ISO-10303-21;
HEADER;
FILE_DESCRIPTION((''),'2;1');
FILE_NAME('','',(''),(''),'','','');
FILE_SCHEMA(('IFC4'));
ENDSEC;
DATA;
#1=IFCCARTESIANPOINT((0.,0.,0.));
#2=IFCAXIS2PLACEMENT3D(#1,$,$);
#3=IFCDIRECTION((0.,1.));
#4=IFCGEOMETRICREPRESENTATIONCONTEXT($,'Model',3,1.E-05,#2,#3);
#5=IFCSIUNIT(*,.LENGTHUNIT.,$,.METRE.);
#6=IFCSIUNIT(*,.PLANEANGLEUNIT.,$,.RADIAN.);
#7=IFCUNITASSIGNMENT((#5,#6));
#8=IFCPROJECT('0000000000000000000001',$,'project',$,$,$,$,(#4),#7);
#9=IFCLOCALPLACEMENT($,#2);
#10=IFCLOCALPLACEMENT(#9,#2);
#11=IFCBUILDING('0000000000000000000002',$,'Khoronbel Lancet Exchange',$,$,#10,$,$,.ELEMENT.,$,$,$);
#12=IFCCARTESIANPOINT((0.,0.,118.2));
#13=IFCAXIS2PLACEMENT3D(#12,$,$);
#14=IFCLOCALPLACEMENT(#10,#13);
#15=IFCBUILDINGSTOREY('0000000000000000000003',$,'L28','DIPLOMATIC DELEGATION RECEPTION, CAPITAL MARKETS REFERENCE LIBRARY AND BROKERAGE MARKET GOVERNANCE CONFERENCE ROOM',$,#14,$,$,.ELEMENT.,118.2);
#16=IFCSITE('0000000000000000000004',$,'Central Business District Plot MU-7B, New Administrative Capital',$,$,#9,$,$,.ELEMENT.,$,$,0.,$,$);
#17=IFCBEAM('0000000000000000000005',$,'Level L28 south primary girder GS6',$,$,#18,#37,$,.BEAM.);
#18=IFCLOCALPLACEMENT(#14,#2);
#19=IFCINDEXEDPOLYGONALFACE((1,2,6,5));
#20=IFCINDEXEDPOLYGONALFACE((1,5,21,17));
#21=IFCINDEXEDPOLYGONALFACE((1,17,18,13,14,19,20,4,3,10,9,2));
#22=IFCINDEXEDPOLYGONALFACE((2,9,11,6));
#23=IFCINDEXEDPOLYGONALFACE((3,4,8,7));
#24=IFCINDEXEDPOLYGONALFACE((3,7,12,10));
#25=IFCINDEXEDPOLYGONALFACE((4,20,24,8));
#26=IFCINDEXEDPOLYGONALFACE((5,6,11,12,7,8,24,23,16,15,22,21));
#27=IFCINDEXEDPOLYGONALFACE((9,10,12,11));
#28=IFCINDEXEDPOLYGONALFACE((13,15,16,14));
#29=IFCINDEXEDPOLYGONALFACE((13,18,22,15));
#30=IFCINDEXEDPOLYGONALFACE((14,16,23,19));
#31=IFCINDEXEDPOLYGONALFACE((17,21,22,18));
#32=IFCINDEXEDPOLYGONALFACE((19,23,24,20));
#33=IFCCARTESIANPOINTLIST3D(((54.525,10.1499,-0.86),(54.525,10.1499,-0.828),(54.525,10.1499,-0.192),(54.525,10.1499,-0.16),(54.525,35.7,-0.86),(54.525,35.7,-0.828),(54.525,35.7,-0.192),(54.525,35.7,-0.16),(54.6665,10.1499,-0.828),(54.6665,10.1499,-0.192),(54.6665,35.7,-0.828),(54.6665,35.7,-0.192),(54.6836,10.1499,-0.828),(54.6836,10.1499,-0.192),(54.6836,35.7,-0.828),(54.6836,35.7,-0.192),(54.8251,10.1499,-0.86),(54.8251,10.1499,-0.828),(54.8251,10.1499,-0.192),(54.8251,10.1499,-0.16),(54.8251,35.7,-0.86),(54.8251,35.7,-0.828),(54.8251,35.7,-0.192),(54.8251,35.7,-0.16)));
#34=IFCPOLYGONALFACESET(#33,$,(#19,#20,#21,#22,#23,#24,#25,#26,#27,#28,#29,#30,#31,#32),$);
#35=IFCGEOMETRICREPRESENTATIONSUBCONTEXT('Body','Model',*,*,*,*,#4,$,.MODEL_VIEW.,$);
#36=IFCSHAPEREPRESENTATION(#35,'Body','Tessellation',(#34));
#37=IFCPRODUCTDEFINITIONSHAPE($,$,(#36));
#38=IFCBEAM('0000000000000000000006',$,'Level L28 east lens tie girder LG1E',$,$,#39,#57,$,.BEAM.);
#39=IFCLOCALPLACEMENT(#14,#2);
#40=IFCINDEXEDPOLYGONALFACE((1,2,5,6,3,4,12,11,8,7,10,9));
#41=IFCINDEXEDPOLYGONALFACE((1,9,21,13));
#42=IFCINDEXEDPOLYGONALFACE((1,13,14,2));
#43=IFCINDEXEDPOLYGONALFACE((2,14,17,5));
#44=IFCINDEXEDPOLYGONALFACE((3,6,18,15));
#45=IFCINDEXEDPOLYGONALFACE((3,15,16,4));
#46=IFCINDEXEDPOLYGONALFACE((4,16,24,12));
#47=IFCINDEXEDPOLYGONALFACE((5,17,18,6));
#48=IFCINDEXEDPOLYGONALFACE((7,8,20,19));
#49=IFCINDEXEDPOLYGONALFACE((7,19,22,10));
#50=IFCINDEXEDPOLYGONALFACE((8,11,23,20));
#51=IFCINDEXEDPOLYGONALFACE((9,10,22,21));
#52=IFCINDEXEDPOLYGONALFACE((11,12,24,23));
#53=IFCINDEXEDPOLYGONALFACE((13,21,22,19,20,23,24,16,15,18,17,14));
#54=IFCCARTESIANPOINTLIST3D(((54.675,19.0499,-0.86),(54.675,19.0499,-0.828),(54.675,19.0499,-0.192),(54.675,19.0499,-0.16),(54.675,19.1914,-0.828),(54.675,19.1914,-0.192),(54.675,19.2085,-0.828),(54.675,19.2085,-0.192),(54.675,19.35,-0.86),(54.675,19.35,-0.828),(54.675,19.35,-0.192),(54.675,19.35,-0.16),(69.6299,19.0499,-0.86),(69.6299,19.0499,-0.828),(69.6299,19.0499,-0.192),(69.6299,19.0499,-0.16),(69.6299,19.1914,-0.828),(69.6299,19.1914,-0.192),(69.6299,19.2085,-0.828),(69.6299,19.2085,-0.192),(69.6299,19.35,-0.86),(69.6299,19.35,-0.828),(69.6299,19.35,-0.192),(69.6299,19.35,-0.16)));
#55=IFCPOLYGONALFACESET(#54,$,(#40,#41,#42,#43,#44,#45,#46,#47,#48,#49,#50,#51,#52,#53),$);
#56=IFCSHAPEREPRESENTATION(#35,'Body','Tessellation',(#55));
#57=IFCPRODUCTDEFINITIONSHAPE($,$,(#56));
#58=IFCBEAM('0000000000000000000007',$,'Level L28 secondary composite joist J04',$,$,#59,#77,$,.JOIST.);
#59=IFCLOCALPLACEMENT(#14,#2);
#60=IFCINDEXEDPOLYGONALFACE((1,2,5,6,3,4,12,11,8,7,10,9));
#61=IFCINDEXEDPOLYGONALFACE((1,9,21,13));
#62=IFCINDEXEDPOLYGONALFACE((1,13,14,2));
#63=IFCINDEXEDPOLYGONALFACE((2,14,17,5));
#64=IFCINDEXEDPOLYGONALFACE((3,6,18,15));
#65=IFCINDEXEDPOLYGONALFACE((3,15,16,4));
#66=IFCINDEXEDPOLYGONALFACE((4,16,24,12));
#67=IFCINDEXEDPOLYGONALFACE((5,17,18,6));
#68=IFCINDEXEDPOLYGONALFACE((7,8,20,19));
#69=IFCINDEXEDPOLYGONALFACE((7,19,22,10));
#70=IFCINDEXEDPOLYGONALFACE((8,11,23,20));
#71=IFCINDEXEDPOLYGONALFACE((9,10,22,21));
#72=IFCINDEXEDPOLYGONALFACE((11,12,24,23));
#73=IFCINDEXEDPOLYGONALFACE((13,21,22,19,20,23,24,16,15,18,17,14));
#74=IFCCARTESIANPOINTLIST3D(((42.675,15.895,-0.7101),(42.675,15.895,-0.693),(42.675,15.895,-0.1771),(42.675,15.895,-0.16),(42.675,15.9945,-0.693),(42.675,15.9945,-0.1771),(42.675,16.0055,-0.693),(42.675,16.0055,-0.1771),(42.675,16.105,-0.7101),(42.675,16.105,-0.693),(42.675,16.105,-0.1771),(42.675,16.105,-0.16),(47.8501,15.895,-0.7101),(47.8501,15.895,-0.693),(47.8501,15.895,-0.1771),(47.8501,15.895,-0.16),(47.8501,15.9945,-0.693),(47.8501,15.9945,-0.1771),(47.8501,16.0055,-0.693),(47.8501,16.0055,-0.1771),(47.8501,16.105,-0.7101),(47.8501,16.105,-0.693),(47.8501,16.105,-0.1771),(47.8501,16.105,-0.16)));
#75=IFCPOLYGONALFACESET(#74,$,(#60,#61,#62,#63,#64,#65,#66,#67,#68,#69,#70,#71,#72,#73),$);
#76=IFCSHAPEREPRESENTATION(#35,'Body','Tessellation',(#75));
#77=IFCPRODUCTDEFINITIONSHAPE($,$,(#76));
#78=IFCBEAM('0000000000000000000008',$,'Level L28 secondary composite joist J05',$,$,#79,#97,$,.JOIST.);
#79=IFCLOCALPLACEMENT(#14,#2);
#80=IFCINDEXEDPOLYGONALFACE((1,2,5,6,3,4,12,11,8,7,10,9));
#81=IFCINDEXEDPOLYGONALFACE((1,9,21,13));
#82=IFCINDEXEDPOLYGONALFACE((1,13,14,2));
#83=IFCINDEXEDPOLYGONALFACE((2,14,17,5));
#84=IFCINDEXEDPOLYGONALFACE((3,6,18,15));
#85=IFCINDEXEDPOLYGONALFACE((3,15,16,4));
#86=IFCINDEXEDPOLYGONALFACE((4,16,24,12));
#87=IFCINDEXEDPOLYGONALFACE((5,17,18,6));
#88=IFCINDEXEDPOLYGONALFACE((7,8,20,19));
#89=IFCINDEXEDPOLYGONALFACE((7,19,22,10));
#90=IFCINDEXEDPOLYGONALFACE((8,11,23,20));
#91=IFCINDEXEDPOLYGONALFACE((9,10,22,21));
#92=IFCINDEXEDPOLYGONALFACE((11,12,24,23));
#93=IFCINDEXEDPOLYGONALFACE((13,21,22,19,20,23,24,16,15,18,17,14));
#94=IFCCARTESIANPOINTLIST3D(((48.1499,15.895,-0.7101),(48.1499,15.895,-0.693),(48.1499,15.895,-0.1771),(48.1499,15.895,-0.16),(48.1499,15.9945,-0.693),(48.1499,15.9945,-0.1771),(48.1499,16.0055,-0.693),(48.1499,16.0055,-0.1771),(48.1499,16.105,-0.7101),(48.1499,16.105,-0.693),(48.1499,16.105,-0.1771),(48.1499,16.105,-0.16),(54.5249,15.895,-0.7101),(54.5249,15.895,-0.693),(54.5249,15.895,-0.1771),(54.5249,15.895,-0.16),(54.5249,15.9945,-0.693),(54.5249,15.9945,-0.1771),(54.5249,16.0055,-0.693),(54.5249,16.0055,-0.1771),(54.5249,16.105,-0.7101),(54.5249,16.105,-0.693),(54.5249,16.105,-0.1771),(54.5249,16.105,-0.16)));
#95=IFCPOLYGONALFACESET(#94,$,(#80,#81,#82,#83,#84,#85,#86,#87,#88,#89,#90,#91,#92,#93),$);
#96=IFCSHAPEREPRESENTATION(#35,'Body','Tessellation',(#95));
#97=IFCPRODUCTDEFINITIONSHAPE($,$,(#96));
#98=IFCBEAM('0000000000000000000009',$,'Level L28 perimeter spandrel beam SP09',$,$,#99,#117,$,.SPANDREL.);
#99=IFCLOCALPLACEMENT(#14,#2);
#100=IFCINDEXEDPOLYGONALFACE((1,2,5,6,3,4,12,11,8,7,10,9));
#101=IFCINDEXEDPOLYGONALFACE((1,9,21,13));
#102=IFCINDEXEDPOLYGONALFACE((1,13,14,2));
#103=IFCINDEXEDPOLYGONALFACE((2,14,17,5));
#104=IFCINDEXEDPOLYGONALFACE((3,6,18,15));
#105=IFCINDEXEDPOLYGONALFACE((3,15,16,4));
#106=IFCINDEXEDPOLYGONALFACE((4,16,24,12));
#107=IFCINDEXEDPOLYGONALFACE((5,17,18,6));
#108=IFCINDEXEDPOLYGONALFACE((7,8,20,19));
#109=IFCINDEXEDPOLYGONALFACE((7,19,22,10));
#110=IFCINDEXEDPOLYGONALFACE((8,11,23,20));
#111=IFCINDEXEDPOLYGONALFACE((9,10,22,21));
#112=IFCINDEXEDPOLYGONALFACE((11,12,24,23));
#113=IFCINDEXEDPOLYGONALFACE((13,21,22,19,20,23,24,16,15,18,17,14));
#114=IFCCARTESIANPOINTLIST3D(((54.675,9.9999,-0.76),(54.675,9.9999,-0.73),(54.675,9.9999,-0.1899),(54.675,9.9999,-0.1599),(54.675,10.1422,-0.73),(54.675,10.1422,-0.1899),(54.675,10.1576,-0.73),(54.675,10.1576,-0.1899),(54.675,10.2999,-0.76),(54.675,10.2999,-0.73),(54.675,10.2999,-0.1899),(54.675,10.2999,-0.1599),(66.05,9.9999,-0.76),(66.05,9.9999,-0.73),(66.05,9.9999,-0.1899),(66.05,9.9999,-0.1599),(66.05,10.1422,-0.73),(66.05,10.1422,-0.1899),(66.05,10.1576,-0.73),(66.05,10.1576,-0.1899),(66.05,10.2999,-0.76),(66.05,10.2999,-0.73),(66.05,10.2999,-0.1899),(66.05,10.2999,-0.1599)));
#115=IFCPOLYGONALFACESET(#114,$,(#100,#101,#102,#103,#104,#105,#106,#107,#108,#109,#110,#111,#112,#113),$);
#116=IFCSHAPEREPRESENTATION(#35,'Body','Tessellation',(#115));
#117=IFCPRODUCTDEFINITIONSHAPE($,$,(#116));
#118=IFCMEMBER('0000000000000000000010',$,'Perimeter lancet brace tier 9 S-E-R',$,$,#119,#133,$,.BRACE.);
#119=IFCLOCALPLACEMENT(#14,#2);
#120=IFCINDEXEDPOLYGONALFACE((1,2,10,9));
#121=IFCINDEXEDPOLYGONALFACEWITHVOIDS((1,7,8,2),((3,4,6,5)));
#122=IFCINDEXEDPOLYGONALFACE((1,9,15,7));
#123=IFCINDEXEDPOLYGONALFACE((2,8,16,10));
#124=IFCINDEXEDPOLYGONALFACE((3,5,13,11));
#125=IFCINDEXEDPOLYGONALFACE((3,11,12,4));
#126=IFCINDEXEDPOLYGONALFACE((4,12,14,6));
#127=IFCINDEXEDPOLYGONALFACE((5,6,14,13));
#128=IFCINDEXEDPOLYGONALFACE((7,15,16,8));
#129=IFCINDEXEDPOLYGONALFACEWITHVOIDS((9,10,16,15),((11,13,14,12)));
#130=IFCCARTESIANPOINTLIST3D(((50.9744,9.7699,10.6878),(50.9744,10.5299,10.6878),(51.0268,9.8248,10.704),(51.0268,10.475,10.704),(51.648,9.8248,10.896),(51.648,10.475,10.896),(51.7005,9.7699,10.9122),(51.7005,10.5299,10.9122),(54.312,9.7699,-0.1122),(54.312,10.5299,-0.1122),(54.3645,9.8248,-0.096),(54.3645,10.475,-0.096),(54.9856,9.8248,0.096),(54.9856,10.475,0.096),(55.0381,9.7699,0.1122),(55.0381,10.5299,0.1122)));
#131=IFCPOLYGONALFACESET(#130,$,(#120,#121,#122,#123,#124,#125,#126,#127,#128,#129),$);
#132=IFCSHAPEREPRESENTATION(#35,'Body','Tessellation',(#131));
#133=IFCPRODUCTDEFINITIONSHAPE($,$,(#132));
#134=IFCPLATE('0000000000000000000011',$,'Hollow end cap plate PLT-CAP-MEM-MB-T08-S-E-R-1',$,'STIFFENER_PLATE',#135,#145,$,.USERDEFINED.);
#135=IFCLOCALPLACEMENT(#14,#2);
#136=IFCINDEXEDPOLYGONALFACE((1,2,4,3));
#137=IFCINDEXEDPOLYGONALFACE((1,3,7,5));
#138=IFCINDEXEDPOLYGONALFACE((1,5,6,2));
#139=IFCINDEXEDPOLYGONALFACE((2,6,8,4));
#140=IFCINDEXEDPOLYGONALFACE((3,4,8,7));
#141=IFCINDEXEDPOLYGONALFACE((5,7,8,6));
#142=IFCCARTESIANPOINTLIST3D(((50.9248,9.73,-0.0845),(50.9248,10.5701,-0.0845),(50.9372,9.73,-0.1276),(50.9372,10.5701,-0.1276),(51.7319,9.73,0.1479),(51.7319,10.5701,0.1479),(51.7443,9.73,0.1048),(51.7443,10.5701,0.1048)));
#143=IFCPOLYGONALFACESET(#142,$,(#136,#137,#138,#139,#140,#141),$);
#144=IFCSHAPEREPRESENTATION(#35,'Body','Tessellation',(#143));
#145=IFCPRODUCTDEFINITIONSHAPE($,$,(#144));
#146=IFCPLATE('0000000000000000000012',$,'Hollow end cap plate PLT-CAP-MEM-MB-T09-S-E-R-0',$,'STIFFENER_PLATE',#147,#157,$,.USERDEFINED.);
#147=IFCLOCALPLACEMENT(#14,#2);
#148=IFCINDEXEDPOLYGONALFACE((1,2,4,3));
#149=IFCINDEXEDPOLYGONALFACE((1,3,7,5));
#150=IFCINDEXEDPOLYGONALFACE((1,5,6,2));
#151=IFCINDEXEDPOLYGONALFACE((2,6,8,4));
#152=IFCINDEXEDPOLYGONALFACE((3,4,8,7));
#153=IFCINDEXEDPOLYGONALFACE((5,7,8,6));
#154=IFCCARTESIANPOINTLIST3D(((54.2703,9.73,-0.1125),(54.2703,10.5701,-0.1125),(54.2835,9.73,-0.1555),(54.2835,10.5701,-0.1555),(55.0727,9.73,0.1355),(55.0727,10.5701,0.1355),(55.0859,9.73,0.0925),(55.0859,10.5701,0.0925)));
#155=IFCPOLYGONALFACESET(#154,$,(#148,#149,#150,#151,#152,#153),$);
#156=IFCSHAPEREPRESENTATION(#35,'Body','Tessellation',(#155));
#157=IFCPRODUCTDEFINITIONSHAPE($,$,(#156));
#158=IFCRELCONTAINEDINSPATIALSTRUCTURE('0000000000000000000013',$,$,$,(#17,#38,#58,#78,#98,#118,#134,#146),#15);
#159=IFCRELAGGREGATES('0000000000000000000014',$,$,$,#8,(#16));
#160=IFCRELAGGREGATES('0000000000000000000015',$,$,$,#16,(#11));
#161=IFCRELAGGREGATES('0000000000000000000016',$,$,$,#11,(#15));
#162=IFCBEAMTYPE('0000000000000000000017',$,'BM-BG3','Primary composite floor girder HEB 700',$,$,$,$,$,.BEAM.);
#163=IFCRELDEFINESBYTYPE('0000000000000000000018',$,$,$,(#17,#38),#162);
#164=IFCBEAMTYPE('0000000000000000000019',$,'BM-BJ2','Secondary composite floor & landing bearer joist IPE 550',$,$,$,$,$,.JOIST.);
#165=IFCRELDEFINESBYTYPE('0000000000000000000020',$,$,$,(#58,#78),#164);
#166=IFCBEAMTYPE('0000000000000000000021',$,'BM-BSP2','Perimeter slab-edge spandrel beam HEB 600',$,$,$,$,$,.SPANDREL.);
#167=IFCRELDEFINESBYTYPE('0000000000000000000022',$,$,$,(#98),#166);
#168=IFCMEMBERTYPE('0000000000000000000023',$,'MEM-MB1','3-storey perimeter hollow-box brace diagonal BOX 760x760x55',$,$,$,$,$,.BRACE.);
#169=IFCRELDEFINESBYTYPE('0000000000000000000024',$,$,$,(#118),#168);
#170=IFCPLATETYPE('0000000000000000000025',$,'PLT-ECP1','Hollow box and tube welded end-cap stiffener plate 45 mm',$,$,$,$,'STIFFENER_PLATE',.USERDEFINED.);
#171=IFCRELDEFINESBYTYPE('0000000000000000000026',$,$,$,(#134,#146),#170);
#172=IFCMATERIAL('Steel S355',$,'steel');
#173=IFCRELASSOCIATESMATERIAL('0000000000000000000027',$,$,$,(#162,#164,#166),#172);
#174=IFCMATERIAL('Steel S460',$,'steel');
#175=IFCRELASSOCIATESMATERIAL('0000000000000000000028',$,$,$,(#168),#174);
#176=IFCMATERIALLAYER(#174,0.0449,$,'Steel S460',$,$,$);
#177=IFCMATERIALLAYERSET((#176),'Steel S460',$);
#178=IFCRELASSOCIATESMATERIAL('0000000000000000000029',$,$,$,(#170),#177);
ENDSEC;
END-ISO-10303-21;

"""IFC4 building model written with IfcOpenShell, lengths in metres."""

from ifc_helpers import new_model, si_unit, direction, frame, origin, origin_2d, place, context, subcontext, project, spatial, polyline, hollow_rectangle, i_section, outline, extrude, material, layer, layer_set, material_profile, profile_set, type_object, element, save


model = new_model("IFC4")

# Units and contexts
model_context = context("Model", 3, precision=1e-05, world=origin(), true_north=direction((0.0, 1.0)))
body_context = subcontext(model_context, "Body", "Model", "MODEL_VIEW")
ifc_project = project(units=[si_unit("LENGTHUNIT", "METRE"), si_unit("PLANEANGLEUNIT", "RADIAN")], contexts=[model_context])

# Site, building, storey
site_placement = place(None, origin())
site = spatial("IfcSite", under=ifc_project, at=site_placement, Name="Central Business District Plot MU-7B, New Administrative Capital", CompositionType="ELEMENT", RefElevation=0.0)
building_placement = place(site_placement, origin())
building = spatial("IfcBuilding", under=site, at=building_placement, Name="Khoronbel Lancet Exchange", CompositionType="ELEMENT")
storey_placement = place(building_placement, frame((0.0, 0.0, 118.2)))
storey = spatial("IfcBuildingStorey", under=building, at=storey_placement, Name="L28", Description="DIPLOMATIC DELEGATION RECEPTION, CAPITAL MARKETS REFERENCE LIBRARY AND BROKERAGE MARKET GOVERNANCE CONFERENCE ROOM", CompositionType="ELEMENT", Elevation=118.2)

# Beams
ifc_material_1 = material(Name="Steel S355", Category="steel")
ifc_material_profile_1 = material_profile(ifc_material_1, i_section(OverallWidth=0.3, OverallDepth=0.7, WebThickness=0.0171, FlangeThickness=0.032, at=origin_2d()), Name="HEB 700")
ifc_profile_set_1 = profile_set([ifc_material_profile_1], Name="Steel S355")
beam_type_1 = type_object("IfcBeamType", Name="BM-BG3", Description="Primary composite floor girder HEB 700", PredefinedType="BEAM", material=ifc_profile_set_1)
beam_1_placement = place(storey_placement, frame((54.675, 10.1499, -0.51), z_axis=(0.0, 1.0, 0.0), x_axis=(-1.0, 0.0, 0.0)))
element("IfcBeam", 1, at=beam_1_placement, inside=storey, type_object=beam_type_1, Name="Level L28 south primary girder GS6", PredefinedType="BEAM", context=body_context, shape_type="SweptSolid", body=[
    extrude(i_section(OverallWidth=0.3, OverallDepth=0.7, WebThickness=0.0171, FlangeThickness=0.032, at=origin_2d()), origin(), (0.0, 0.0, 1.0), 25.55),
])
beam_2_placement = place(storey_placement, frame((54.675, 19.2, -0.51), z_axis=(1.0, 0.0, 0.0), x_axis=(0.0, 1.0, 0.0)))
element("IfcBeam", 2, at=beam_2_placement, inside=storey, type_object=beam_type_1, Name="Level L28 east lens tie girder LG1E", PredefinedType="BEAM", context=body_context, shape_type="SweptSolid", body=[
    extrude(i_section(OverallWidth=0.3, OverallDepth=0.7, WebThickness=0.0171, FlangeThickness=0.032, at=origin_2d()), origin(), (0.0, 0.0, 1.0), 14.9548),
])
ifc_material_profile_2 = material_profile(ifc_material_1, i_section(OverallWidth=0.21, OverallDepth=0.55, WebThickness=0.011, FlangeThickness=0.0171, at=origin_2d()), Name="IPE 550")
ifc_profile_set_2 = profile_set([ifc_material_profile_2], Name="Steel S355")
beam_type_2 = type_object("IfcBeamType", Name="BM-BJ2", Description="Secondary composite floor & landing bearer joist IPE 550", PredefinedType="JOIST", material=ifc_profile_set_2)
beam_3_placement = place(storey_placement, frame((42.675, 16.0, -0.4351), z_axis=(1.0, 0.0, 0.0), x_axis=(0.0, 1.0, 0.0)))
element("IfcBeam", 3, at=beam_3_placement, inside=storey, type_object=beam_type_2, Name="Level L28 secondary composite joist J04", PredefinedType="JOIST", context=body_context, shape_type="SweptSolid", body=[
    extrude(i_section(OverallWidth=0.21, OverallDepth=0.55, WebThickness=0.011, FlangeThickness=0.0171, at=origin_2d()), origin(), (0.0, 0.0, 1.0), 5.175),
])
beam_4_placement = place(storey_placement, frame((48.1499, 16.0, -0.4351), z_axis=(1.0, 0.0, 0.0), x_axis=(0.0, 1.0, 0.0)))
element("IfcBeam", 4, at=beam_4_placement, inside=storey, type_object=beam_type_2, Name="Level L28 secondary composite joist J05", PredefinedType="JOIST", context=body_context, shape_type="SweptSolid", body=[
    extrude(i_section(OverallWidth=0.21, OverallDepth=0.55, WebThickness=0.011, FlangeThickness=0.0171, at=origin_2d()), origin(), (0.0, 0.0, 1.0), 6.375),
])
ifc_material_profile_3 = material_profile(ifc_material_1, i_section(OverallWidth=0.3, OverallDepth=0.6001, WebThickness=0.0154, FlangeThickness=0.03, at=origin_2d()), Name="HEB 600")
ifc_profile_set_3 = profile_set([ifc_material_profile_3], Name="Steel S355")
beam_type_3 = type_object("IfcBeamType", Name="BM-BSP2", Description="Perimeter slab-edge spandrel beam HEB 600", PredefinedType="SPANDREL", material=ifc_profile_set_3)
beam_5_placement = place(storey_placement, frame((54.675, 10.1499, -0.46), z_axis=(1.0, 0.0, 0.0), x_axis=(0.0, 1.0, 0.0)))
element("IfcBeam", 5, at=beam_5_placement, inside=storey, type_object=beam_type_3, Name="Level L28 perimeter spandrel beam SP09", PredefinedType="SPANDREL", context=body_context, shape_type="SweptSolid", body=[
    extrude(i_section(OverallWidth=0.3, OverallDepth=0.6001, WebThickness=0.0154, FlangeThickness=0.03, at=origin_2d()), origin(), (0.0, 0.0, 1.0), 11.375),
])

# Member
ifc_material_2 = material(Name="Steel S460", Category="steel")
ifc_material_profile_4 = material_profile(ifc_material_2, hollow_rectangle(XDim=0.76, YDim=0.76, WallThickness=0.0549, at=origin_2d()), Name="BOX 760x760x55")
ifc_profile_set_4 = profile_set([ifc_material_profile_4], Name="Steel S460")
member_type = type_object("IfcMemberType", Name="MEM-MB1", Description="3-storey perimeter hollow-box brace diagonal BOX 760x760x55", PredefinedType="BRACE", material=ifc_profile_set_4)
member_placement = place(storey_placement, frame((54.675, 10.1499, 0.0), z_axis=(-0.295262, 0.0, 0.955416), x_axis=(0.0, -1.0, 0.0)))
element("IfcMember", 6, at=member_placement, inside=storey, type_object=member_type, Name="Perimeter lancet brace tier 9 S-E-R", PredefinedType="BRACE", context=body_context, shape_type="SweptSolid", body=[
    extrude(hollow_rectangle(XDim=0.76, YDim=0.76, WallThickness=0.0549, at=origin_2d()), origin(), (0.0, 0.0, 1.0), 11.304),
])

# Plates
ifc_layer_1 = layer(ifc_material_2, 0.0449, Name="Steel S460")
ifc_layer_set_1 = layer_set([ifc_layer_1], Name="Steel S460")
plate_type = type_object("IfcPlateType", Name="PLT-ECP1", Description="Hollow box and tube welded end-cap stiffener plate 45 mm", ElementType="STIFFENER_PLATE", PredefinedType="USERDEFINED", material=ifc_layer_set_1)
for number, where, z_axis, x_axis, name in (
    (7, (50.9248, 10.5701, -0.0845), (-0.276717, 0.0, 0.960952), (0.0, -1.0, 0.0), "Hollow end cap plate PLT-CAP-MEM-MB-T08-S-E-R-1"),
    (8, (54.2703, 10.5701, -0.1125), (-0.295311, 0.0, 0.955401), (0.0, -1.0, 0.0), "Hollow end cap plate PLT-CAP-MEM-MB-T09-S-E-R-0"),
):
    element("IfcPlate", number, at=place(storey_placement, frame(where, z_axis=z_axis, x_axis=x_axis)), inside=storey, type_object=plate_type, Name=name, ObjectType="STIFFENER_PLATE", PredefinedType="USERDEFINED", context=body_context, shape_type="SweptSolid", body=[
        extrude(outline(polyline([(0.0, 0.0), (0.8401, 0.0), (0.8401, 0.8398), (0.0, 0.8398), (0.0, 0.0)])), origin(), (0.0, 0.0, -1.0), 0.0449),
    ])

save(model, "model.ifc")
